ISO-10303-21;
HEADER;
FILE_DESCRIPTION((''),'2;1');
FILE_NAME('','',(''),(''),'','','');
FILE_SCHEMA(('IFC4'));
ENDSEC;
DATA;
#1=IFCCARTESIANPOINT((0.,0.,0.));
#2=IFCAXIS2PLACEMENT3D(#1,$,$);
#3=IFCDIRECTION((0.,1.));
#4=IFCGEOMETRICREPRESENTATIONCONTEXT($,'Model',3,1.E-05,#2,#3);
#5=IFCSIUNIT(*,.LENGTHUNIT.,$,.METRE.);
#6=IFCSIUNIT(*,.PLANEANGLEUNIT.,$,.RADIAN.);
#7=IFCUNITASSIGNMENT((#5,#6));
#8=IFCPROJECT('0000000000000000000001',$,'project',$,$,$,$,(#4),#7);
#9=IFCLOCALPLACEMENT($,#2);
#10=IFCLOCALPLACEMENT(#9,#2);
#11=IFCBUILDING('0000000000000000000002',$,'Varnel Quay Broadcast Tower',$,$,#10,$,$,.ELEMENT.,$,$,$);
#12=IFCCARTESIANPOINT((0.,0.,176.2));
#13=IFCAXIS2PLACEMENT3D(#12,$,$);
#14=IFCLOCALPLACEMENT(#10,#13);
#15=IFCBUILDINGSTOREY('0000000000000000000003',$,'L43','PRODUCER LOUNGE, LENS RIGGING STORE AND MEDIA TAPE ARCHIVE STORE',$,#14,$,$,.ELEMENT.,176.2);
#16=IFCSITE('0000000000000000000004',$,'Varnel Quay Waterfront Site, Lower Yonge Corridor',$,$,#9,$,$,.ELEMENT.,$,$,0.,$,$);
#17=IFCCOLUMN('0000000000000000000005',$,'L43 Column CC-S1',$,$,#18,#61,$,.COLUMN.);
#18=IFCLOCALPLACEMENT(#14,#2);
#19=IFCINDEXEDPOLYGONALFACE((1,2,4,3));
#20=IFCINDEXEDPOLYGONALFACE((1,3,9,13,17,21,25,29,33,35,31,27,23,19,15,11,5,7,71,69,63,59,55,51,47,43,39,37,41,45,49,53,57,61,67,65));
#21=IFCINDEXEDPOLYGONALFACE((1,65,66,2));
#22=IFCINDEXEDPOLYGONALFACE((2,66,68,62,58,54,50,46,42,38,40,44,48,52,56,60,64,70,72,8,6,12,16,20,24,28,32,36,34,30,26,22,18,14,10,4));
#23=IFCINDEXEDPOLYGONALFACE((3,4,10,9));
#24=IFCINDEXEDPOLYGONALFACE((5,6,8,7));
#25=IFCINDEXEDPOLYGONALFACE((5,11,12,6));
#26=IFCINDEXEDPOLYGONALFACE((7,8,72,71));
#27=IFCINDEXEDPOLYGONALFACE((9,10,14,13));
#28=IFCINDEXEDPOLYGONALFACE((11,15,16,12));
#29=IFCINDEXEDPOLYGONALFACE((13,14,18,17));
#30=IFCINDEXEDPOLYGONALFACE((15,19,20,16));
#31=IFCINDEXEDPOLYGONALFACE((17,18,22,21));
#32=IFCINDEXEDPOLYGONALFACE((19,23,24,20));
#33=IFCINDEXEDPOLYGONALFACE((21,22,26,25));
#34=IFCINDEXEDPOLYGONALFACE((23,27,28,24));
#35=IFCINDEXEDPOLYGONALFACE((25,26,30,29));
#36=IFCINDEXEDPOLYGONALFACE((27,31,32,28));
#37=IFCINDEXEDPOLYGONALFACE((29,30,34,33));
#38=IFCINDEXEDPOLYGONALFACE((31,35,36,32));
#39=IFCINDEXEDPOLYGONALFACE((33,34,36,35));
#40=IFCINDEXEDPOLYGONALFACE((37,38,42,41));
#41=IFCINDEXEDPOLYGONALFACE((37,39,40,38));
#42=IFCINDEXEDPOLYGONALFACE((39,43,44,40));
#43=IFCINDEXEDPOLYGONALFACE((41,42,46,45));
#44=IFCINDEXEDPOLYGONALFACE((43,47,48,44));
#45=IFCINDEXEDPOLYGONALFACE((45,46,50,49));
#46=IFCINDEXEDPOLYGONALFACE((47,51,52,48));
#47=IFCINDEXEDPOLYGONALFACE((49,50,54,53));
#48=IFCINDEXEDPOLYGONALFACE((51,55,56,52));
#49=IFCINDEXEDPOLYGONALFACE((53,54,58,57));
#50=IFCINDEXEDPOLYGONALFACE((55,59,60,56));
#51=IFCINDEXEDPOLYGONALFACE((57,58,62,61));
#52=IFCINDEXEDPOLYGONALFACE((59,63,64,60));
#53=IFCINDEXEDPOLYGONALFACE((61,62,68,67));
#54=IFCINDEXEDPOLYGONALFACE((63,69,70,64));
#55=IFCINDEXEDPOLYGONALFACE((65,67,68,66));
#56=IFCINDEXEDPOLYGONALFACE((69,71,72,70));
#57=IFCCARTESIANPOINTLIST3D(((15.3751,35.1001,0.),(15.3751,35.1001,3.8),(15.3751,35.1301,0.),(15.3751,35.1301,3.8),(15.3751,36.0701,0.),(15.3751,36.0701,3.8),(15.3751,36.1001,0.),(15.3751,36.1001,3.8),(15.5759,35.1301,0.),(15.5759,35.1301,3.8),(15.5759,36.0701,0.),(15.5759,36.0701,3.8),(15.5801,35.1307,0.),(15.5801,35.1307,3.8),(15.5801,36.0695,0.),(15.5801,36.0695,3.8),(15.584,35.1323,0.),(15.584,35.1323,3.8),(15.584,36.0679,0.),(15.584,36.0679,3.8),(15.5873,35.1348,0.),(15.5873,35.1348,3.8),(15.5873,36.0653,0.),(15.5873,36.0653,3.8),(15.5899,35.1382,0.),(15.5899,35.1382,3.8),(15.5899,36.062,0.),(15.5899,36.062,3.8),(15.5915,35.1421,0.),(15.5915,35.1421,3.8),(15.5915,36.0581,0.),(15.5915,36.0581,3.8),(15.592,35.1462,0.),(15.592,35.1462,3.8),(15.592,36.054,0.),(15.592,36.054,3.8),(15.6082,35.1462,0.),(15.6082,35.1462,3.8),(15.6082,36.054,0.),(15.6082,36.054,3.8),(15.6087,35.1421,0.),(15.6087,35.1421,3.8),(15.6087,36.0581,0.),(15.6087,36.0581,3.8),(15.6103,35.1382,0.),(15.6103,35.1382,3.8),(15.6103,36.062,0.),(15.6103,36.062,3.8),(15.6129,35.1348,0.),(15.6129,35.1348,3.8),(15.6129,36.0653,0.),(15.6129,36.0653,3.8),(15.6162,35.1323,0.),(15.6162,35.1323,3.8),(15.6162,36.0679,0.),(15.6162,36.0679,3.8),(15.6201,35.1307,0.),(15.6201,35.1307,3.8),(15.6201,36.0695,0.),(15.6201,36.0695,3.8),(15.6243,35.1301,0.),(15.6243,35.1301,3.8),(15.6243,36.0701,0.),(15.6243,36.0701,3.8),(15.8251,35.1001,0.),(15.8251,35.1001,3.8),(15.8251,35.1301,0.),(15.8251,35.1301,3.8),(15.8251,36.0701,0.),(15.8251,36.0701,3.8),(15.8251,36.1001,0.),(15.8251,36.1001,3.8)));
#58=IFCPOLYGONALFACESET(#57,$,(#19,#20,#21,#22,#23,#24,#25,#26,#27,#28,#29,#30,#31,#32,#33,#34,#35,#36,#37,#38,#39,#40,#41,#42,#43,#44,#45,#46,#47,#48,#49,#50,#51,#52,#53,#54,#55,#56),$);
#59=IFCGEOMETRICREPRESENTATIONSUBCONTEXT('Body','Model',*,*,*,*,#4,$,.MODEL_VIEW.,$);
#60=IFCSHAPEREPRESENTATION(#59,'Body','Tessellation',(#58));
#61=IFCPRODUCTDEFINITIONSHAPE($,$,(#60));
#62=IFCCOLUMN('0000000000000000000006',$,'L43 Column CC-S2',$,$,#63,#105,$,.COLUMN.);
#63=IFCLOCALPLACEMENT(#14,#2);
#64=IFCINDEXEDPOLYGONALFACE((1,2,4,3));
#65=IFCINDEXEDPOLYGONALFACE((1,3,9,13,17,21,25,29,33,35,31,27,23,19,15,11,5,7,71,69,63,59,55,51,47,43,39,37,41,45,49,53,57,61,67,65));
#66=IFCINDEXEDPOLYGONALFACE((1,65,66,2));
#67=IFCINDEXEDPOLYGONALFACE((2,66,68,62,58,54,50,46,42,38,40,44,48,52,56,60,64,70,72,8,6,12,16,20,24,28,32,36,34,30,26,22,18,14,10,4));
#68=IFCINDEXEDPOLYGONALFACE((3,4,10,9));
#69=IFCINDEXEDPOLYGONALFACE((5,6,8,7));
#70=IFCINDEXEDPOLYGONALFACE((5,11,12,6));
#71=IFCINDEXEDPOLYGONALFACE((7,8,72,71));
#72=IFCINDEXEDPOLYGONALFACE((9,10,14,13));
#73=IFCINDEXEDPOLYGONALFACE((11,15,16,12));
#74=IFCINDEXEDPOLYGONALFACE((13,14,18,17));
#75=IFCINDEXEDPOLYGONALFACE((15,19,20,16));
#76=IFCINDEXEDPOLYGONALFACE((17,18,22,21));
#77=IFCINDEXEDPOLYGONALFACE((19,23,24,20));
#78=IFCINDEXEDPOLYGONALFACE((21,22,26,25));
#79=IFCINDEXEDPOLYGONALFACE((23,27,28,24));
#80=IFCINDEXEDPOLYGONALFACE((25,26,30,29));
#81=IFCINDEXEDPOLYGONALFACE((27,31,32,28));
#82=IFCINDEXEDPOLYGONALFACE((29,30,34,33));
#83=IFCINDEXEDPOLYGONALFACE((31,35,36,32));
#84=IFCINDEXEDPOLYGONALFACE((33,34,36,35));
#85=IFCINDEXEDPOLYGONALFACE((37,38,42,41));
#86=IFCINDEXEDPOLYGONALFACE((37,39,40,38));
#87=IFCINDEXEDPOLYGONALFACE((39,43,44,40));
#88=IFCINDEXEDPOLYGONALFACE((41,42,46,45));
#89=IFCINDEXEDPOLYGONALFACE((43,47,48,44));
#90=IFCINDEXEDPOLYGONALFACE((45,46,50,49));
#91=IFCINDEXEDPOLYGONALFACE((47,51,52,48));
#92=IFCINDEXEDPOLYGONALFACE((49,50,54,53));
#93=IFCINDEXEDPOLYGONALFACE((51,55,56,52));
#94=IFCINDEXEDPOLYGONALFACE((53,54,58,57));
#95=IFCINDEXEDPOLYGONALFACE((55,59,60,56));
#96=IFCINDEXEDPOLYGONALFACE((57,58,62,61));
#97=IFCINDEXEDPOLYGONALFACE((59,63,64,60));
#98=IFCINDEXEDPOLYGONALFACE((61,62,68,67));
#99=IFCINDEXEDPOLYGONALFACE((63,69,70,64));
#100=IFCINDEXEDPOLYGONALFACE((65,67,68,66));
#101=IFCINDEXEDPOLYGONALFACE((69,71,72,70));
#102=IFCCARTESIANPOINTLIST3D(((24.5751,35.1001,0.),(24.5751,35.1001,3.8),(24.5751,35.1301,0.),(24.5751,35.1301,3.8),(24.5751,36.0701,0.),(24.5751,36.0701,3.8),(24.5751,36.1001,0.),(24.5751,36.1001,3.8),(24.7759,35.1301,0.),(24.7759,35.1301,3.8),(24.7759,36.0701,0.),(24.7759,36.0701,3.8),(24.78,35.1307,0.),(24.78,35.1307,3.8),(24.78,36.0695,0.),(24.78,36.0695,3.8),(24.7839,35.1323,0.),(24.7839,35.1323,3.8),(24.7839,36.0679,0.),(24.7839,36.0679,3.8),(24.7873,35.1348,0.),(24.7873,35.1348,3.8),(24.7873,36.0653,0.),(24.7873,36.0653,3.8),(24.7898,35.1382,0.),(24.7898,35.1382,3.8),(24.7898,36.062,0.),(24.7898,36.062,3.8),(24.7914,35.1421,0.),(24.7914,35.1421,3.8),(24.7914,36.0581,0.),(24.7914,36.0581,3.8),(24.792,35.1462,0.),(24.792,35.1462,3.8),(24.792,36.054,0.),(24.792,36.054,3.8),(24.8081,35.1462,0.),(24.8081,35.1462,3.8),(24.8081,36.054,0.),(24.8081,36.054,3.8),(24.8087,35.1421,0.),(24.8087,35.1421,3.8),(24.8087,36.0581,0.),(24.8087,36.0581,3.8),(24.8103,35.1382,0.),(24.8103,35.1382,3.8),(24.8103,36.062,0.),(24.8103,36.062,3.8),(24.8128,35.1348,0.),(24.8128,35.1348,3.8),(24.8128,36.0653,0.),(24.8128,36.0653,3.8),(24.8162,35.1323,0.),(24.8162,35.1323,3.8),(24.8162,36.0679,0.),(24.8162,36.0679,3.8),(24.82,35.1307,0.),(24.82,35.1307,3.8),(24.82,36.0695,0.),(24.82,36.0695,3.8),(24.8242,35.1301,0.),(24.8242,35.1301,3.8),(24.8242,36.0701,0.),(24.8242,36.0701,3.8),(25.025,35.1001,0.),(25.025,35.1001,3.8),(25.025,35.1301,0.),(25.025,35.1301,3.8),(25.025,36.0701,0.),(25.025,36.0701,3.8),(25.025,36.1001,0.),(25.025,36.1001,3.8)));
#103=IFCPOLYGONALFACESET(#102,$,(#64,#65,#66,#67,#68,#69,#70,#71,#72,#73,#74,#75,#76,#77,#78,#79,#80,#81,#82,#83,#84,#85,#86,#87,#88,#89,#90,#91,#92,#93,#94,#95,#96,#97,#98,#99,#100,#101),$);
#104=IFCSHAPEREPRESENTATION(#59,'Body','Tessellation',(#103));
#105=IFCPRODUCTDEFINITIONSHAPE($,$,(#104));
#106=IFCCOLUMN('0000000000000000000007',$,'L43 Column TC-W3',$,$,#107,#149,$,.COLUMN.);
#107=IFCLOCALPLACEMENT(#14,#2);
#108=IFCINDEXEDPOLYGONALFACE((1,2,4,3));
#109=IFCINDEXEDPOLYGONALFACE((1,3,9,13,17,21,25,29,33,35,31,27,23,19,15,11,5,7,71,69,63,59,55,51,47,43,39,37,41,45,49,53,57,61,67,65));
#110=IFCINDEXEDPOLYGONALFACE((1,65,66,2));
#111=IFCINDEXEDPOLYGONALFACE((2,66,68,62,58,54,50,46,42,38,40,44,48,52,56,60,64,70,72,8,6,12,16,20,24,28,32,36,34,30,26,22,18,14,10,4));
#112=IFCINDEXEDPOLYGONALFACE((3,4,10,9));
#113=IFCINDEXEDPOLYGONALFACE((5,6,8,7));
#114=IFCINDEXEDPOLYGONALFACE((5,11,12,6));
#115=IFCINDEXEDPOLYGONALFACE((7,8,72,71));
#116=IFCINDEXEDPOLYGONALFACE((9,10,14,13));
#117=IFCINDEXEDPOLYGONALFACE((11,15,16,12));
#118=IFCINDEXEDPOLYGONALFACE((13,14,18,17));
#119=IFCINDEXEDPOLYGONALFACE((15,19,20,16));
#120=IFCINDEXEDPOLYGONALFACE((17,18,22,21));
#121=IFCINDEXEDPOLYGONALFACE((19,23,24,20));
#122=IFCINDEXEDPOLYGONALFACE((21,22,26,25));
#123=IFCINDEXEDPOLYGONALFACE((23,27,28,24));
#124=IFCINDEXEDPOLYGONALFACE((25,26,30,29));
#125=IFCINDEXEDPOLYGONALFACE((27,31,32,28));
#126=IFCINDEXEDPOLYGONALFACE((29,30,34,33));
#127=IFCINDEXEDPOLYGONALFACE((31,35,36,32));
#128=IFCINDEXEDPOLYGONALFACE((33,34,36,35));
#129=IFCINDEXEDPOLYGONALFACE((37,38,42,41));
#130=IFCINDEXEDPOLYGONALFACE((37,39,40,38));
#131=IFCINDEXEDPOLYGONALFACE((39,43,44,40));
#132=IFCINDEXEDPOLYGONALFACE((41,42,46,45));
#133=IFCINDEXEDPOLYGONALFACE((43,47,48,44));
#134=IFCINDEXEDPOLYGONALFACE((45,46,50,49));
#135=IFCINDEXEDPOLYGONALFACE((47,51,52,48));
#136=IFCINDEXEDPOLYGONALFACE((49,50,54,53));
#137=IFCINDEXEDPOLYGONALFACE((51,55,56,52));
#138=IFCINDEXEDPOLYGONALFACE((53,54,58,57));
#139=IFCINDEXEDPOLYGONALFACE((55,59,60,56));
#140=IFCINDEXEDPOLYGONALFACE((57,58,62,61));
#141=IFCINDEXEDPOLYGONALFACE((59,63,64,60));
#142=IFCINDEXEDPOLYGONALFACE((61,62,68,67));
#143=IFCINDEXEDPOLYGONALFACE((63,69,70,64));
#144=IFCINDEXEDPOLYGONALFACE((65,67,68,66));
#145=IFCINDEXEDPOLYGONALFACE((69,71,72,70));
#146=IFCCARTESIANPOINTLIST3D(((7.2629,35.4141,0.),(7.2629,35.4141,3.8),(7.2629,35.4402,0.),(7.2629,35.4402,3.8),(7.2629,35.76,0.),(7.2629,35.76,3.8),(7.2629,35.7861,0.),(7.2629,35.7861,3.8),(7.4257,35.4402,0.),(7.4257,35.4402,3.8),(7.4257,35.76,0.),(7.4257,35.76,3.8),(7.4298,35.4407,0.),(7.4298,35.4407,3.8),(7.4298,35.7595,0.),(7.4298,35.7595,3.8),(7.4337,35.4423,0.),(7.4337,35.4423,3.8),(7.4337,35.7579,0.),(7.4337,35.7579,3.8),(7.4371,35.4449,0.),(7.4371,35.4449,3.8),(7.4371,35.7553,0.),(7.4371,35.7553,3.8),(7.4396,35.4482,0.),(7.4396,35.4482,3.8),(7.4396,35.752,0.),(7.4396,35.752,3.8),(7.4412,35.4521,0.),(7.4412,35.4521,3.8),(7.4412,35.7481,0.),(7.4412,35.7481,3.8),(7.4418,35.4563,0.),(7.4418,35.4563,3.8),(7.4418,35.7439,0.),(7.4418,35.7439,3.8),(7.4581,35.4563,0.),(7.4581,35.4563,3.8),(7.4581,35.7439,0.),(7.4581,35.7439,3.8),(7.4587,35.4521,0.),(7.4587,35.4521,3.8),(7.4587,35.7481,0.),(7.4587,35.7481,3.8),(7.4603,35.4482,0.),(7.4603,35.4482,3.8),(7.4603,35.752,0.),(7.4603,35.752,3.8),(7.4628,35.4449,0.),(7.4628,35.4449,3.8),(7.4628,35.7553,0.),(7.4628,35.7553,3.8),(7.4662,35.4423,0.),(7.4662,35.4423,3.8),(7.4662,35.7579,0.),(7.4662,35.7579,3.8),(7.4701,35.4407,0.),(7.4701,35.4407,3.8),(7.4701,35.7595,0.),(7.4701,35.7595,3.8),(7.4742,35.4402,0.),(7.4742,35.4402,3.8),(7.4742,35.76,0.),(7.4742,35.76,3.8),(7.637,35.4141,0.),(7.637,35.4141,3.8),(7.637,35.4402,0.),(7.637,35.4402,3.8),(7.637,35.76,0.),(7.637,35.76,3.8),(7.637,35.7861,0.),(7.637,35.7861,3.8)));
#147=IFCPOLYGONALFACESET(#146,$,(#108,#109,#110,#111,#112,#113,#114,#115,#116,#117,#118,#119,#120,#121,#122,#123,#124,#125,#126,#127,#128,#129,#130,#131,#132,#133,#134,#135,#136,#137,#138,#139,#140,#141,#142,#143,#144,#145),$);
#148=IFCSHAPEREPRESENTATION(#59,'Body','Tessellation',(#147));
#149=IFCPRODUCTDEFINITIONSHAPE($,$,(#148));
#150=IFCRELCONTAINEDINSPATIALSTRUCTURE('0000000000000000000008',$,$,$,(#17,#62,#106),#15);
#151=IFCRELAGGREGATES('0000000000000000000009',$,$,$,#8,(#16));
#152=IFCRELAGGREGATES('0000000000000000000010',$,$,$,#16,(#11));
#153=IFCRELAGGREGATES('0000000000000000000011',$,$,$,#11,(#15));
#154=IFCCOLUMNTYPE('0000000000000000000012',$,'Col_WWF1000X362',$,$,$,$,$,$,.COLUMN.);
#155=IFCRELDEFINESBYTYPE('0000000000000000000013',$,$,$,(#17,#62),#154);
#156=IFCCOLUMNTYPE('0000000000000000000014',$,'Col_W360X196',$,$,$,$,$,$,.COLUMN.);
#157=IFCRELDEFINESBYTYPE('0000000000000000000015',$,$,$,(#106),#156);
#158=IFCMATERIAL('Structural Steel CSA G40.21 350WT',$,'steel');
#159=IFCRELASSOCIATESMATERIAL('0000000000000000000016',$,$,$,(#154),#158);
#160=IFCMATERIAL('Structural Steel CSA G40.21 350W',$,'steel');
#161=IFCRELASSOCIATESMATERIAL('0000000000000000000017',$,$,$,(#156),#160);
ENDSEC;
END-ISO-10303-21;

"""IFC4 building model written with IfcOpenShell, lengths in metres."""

from ifc_helpers import new_model, si_unit, direction, frame, origin, origin_2d, place, context, subcontext, project, spatial, i_section, extrude, source, transform, mapped, material, material_profile, profile_set, type_object, type_shapes, element, save


model = new_model("IFC4")

# Units and contexts
model_context = context("Model", 3, precision=1e-05, world=origin(), true_north=direction((0.0, 1.0)))
body_context = subcontext(model_context, "Body", "Model", "MODEL_VIEW")
ifc_project = project(units=[si_unit("LENGTHUNIT", "METRE"), si_unit("PLANEANGLEUNIT", "RADIAN")], contexts=[model_context])

# Site, building, storey
site_placement = place(None, origin())
site = spatial("IfcSite", under=ifc_project, at=site_placement, Name="Varnel Quay Waterfront Site, Lower Yonge Corridor", CompositionType="ELEMENT", RefElevation=0.0)
building_placement = place(site_placement, origin())
building = spatial("IfcBuilding", under=site, at=building_placement, Name="Varnel Quay Broadcast Tower", CompositionType="ELEMENT")
storey_placement = place(building_placement, frame((0.0, 0.0, 176.2)))
storey = spatial("IfcBuildingStorey", under=building, at=storey_placement, Name="L43", Description="PRODUCER LOUNGE, LENS RIGGING STORE AND MEDIA TAPE ARCHIVE STORE", CompositionType="ELEMENT", Elevation=176.2)

# Columns
ifc_material_1 = material(Name="Structural Steel CSA G40.21 350WT", Category="steel")
ifc_material_profile_1 = material_profile(ifc_material_1, i_section(OverallWidth=0.45, OverallDepth=1.0, WebThickness=0.0161, FlangeThickness=0.03, FilletRadius=0.0161, at=origin_2d()), Name="WWF1000X362")
ifc_profile_set_1 = profile_set([ifc_material_profile_1], Name="Structural Steel CSA G40.21 350WT")
column_type_1 = type_object("IfcColumnType", Name="Col_WWF1000X362", PredefinedType="COLUMN", material=ifc_profile_set_1)
shared_shape_1 = source(origin(), body_context, "Body", "SweptSolid", [
    extrude(i_section(OverallWidth=0.45, OverallDepth=1.0, WebThickness=0.0161, FlangeThickness=0.03, FilletRadius=0.0161, at=origin_2d()), origin(), (0.0, 0.0, 1.0), 3.8),
])
type_shapes(column_type_1, [shared_shape_1])
for number, where, z_axis, x_axis, name in (
    (1, (15.6001, 35.6001, 0.0), (0.0, 0.0, 1.0), (1.0, 0.0, 0.0), "L43 Column CC-S1"),
    (2, (24.8, 35.6001, 0.0), (0.0, 0.0, 1.0), (1.0, 0.0, 0.0), "L43 Column CC-S2"),
):
    element("IfcColumn", number, at=place(storey_placement, frame(where, z_axis=z_axis, x_axis=x_axis)), inside=storey, type_object=column_type_1, Name=name, PredefinedType="COLUMN", context=body_context, shape_type="MappedRepresentation", body=[
        mapped(shared_shape_1, transform((0.0, 0.0, 0.0), x_axis=(1.0, 0.0, 0.0), y_axis=(0.0, 1.0, 0.0), z_axis=(0.0, 0.0, 1.0), scale=1.0)),
    ])
ifc_material_2 = material(Name="Structural Steel CSA G40.21 350W", Category="steel")
ifc_material_profile_2 = material_profile(ifc_material_2, i_section(OverallWidth=0.374, OverallDepth=0.3721, WebThickness=0.0164, FlangeThickness=0.0261, FilletRadius=0.0161, at=origin_2d()), Name="W360X196")
ifc_profile_set_2 = profile_set([ifc_material_profile_2], Name="Structural Steel CSA G40.21 350W")
column_type_2 = type_object("IfcColumnType", Name="Col_W360X196", PredefinedType="COLUMN", material=ifc_profile_set_2)
shared_shape_2 = source(origin(), body_context, "Body", "SweptSolid", [
    extrude(i_section(OverallWidth=0.374, OverallDepth=0.3721, WebThickness=0.0164, FlangeThickness=0.0261, FilletRadius=0.0161, at=origin_2d()), origin(), (0.0, 0.0, 1.0), 3.8),
])
type_shapes(column_type_2, [shared_shape_2])
column_placement = place(storey_placement, frame((7.45, 35.6001, 0.0), z_axis=(0.0, 0.0, 1.0), x_axis=(1.0, 0.0, 0.0)))
element("IfcColumn", 3, at=column_placement, inside=storey, type_object=column_type_2, Name="L43 Column TC-W3", PredefinedType="COLUMN", context=body_context, shape_type="MappedRepresentation", body=[
    mapped(shared_shape_2, transform((0.0, 0.0, 0.0), x_axis=(1.0, 0.0, 0.0), y_axis=(0.0, 1.0, 0.0), z_axis=(0.0, 0.0, 1.0), scale=1.0)),
])

save(model, "model.ifc")
